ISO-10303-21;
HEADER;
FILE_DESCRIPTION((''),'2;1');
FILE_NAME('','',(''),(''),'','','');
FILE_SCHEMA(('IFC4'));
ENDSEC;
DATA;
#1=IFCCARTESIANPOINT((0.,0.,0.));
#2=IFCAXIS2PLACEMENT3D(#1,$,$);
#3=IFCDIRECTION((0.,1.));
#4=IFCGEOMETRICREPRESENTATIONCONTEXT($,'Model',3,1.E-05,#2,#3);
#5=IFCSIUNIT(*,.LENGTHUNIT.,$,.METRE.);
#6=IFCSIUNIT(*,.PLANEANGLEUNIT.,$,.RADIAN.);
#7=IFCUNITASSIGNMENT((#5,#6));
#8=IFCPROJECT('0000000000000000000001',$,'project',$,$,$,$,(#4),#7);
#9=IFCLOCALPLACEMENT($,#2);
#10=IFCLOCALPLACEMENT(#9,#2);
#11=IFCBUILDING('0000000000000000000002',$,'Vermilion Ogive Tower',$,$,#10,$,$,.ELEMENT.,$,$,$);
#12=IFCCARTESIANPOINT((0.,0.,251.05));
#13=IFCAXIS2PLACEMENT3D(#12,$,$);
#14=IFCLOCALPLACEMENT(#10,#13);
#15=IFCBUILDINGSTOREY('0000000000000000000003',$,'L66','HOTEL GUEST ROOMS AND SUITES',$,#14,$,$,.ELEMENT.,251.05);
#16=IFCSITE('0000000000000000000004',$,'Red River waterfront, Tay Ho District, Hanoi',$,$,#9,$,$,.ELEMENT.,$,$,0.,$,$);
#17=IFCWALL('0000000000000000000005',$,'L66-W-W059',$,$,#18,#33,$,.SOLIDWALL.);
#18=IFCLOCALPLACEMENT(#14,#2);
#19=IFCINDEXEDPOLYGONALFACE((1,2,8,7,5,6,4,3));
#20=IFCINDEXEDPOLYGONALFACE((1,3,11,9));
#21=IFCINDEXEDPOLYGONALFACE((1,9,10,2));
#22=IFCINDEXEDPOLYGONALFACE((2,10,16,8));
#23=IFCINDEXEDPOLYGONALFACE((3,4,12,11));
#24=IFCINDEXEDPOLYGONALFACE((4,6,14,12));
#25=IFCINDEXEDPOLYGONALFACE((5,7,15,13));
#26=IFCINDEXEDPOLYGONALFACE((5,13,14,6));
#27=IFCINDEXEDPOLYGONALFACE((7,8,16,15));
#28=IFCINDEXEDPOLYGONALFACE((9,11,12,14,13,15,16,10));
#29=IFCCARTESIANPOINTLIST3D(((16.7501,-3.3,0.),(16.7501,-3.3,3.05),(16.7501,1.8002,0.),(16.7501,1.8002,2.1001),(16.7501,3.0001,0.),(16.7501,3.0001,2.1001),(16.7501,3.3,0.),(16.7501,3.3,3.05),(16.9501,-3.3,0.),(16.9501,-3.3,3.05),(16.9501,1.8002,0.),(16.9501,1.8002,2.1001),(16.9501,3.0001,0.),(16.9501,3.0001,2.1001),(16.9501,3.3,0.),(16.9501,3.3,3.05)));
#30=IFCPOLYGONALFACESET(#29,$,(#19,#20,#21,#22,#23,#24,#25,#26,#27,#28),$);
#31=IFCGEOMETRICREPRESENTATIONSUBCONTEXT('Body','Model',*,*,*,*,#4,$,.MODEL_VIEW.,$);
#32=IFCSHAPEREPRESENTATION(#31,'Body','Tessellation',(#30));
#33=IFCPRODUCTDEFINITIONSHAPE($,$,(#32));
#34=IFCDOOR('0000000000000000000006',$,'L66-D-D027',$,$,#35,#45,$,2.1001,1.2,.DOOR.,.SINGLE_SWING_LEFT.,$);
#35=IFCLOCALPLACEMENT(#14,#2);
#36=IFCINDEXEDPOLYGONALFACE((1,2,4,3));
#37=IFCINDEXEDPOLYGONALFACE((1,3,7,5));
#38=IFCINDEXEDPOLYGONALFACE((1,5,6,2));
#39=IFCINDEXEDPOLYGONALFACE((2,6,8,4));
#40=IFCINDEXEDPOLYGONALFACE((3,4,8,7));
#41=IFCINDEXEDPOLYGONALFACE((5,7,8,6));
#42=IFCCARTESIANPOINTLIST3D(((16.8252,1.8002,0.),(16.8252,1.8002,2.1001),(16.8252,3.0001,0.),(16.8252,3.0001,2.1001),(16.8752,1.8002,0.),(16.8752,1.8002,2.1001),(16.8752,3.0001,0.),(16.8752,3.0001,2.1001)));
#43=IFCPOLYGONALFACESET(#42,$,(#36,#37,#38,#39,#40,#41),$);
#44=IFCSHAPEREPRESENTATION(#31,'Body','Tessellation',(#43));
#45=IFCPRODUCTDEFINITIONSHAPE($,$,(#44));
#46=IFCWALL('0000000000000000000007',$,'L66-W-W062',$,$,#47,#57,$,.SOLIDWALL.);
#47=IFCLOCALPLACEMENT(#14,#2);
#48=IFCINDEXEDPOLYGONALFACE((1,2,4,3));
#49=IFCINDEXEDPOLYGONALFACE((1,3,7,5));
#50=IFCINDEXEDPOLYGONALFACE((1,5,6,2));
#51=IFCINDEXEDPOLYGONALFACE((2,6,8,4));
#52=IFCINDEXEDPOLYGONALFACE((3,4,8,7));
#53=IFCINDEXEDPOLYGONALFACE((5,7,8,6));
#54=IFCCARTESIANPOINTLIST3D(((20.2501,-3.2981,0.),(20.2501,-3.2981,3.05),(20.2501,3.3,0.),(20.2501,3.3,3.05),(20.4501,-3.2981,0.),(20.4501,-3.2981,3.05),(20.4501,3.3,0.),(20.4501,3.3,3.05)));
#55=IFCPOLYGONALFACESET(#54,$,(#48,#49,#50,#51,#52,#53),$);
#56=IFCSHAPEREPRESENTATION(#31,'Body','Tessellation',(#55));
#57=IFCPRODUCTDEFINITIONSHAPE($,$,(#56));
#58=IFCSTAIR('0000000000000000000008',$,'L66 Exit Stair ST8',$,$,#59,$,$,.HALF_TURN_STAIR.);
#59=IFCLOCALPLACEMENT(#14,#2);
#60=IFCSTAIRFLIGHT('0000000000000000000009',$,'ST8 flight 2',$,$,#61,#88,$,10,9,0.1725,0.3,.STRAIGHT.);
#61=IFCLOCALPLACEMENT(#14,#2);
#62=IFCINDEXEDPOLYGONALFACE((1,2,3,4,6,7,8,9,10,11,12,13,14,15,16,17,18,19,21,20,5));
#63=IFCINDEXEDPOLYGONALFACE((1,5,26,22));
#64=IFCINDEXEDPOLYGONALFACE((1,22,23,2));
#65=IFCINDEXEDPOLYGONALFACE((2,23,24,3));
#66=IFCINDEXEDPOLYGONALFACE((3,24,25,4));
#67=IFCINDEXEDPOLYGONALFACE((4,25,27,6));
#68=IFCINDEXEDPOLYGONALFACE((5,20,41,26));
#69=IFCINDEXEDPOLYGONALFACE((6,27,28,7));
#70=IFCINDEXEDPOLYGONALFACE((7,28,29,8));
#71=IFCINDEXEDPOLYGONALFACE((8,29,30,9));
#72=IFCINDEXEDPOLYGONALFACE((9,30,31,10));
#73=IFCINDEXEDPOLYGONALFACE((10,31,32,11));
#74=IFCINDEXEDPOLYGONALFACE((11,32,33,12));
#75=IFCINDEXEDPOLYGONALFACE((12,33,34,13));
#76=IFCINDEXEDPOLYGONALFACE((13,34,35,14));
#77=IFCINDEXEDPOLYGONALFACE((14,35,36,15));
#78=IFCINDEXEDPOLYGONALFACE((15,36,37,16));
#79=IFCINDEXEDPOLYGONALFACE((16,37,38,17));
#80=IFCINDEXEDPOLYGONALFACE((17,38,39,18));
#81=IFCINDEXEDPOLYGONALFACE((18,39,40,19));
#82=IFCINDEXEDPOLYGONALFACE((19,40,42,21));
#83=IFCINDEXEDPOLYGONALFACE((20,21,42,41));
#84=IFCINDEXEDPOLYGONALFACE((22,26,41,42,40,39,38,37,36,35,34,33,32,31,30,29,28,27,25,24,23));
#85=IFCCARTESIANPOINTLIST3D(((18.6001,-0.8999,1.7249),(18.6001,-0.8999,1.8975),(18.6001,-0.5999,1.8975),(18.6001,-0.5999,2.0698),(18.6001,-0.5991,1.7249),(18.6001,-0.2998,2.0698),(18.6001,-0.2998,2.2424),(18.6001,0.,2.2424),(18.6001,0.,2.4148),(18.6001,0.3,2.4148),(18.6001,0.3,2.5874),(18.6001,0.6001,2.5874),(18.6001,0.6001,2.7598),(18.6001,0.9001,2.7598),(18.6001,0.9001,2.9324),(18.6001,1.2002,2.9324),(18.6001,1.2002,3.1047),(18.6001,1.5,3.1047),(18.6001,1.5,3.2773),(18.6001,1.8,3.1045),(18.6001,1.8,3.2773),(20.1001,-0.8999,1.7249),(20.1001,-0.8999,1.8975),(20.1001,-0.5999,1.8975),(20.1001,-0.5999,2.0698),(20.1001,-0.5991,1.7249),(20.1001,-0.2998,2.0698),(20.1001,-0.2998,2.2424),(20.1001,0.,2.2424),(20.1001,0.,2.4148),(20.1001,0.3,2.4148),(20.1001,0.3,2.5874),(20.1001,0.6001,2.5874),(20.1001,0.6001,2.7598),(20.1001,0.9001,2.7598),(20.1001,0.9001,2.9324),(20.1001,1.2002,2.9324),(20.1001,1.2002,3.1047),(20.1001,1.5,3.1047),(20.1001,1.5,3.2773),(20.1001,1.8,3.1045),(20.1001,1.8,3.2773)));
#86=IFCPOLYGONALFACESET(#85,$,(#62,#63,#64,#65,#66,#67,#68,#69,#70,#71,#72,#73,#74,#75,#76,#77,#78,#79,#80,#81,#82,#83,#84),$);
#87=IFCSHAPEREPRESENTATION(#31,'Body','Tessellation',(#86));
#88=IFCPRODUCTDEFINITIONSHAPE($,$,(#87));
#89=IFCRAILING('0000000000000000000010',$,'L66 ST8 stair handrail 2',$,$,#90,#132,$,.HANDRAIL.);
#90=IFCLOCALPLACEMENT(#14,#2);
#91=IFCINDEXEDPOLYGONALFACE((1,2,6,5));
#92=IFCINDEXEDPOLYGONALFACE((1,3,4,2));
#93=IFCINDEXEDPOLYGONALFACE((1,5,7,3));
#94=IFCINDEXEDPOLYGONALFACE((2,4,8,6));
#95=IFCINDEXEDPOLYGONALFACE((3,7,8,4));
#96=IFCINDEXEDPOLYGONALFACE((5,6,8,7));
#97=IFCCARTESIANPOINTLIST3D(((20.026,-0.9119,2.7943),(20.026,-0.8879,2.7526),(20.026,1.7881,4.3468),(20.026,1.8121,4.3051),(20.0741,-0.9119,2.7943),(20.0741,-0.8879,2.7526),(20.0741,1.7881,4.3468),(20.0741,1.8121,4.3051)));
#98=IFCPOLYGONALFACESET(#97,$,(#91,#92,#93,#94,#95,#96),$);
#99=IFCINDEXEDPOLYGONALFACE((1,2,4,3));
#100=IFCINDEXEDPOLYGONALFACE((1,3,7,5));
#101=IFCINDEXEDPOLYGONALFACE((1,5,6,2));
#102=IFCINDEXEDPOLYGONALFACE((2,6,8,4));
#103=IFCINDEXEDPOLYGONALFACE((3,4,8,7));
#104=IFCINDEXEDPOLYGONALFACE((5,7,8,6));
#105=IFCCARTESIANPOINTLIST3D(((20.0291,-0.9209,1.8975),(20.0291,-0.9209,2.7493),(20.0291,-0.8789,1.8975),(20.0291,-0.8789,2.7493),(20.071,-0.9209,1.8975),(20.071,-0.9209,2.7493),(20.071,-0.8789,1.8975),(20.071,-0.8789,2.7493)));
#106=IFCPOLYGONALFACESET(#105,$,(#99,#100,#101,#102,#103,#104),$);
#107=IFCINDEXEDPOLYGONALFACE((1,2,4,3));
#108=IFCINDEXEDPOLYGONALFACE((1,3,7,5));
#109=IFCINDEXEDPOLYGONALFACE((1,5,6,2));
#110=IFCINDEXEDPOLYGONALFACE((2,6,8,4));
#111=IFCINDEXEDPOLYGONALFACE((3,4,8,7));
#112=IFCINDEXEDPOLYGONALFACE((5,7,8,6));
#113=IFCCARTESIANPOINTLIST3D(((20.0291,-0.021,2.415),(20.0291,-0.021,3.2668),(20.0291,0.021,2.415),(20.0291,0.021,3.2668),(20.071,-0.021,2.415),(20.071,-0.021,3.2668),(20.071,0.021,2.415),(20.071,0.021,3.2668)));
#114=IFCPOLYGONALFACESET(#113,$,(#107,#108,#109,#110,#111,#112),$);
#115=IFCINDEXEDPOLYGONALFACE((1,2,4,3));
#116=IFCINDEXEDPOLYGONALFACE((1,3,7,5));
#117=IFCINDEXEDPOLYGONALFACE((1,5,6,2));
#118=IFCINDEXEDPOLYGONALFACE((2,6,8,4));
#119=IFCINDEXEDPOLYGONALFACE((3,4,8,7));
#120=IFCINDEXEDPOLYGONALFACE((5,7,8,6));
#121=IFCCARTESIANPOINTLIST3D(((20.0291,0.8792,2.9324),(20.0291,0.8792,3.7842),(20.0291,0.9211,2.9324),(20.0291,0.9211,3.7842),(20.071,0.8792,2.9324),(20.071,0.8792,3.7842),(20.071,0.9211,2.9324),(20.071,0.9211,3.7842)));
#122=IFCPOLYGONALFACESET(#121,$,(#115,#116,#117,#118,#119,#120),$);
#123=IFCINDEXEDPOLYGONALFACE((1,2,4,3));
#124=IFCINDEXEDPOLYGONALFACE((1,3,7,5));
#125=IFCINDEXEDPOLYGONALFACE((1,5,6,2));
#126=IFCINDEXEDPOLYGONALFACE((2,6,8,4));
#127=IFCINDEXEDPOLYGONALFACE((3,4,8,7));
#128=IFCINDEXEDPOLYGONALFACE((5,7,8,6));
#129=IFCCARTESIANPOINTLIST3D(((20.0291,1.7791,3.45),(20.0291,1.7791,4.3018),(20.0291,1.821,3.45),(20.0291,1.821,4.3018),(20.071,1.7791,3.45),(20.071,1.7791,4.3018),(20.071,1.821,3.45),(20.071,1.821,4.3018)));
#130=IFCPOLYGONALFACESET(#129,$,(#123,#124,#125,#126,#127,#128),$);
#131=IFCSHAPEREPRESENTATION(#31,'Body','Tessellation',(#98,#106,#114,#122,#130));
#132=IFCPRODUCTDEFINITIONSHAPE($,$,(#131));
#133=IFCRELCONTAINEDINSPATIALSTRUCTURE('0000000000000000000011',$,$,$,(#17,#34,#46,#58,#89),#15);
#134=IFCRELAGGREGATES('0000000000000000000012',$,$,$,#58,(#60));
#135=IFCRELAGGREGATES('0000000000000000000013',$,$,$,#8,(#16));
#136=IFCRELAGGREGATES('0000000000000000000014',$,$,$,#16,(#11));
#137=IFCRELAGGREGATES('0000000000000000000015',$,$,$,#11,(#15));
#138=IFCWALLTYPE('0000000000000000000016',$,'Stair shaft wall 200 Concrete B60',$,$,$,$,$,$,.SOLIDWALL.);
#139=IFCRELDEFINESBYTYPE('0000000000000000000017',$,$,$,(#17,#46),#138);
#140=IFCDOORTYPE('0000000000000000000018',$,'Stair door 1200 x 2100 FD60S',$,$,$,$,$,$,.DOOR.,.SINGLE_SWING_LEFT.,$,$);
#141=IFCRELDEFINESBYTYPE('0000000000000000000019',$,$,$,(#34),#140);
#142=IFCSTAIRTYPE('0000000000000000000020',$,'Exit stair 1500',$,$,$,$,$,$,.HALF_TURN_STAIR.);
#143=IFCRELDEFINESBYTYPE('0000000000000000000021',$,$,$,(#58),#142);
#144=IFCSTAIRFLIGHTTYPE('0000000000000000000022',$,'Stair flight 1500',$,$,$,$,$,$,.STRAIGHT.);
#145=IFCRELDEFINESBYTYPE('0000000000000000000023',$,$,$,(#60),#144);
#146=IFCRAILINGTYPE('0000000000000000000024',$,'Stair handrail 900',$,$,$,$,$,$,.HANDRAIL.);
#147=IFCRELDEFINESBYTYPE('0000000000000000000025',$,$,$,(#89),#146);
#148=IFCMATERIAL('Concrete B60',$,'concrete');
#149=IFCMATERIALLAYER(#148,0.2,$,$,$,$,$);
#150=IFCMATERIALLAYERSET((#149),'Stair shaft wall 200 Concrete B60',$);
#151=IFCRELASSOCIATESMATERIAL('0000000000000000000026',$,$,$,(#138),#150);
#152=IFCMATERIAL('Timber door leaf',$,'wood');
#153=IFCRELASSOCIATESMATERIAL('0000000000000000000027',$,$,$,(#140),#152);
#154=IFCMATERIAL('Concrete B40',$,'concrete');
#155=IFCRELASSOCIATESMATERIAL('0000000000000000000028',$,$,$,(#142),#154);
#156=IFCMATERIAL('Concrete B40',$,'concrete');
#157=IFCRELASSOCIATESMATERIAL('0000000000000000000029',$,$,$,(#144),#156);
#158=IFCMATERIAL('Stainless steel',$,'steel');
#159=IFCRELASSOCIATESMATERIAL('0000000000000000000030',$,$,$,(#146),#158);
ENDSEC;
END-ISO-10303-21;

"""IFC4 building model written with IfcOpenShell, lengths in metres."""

from ifc_helpers import new_model, si_unit, direction, frame, frame_2d, origin, origin_2d, place, context, subcontext, project, spatial, polyline, rectangle, outline, extrude, material, layer, layer_set, type_object, element, fill, aggregate, save


model = new_model("IFC4")

# Units and contexts
model_context = context("Model", 3, precision=1e-05, world=origin(), true_north=direction((0.0, 1.0)))
body_context = subcontext(model_context, "Body", "Model", "MODEL_VIEW")
ifc_project = project(units=[si_unit("LENGTHUNIT", "METRE"), si_unit("PLANEANGLEUNIT", "RADIAN")], contexts=[model_context])

# Site, building, storey
site_placement = place(None, origin())
site = spatial("IfcSite", under=ifc_project, at=site_placement, Name="Red River waterfront, Tay Ho District, Hanoi", CompositionType="ELEMENT", RefElevation=0.0)
building_placement = place(site_placement, origin())
building = spatial("IfcBuilding", under=site, at=building_placement, Name="Vermilion Ogive Tower", CompositionType="ELEMENT")
storey_placement = place(building_placement, frame((0.0, 0.0, 251.05)))
storey = spatial("IfcBuildingStorey", under=building, at=storey_placement, Name="L66", Description="HOTEL GUEST ROOMS AND SUITES", CompositionType="ELEMENT", Elevation=251.05)

# Shared definitions
ifc_material_1 = material(Name="Concrete B60", Category="concrete")
ifc_layer_1 = layer(ifc_material_1, 0.2)
ifc_layer_set_1 = layer_set([ifc_layer_1], Name="Stair shaft wall 200 Concrete B60")
wall_type_1 = type_object("IfcWallType", Name="Stair shaft wall 200 Concrete B60", PredefinedType="SOLIDWALL", material=ifc_layer_set_1)

# Wall, opening, door
wall_1_placement = place(storey_placement, frame((16.8501, -3.3, 0.0), z_axis=(0.0, 0.0, 1.0), x_axis=(0.0, 1.0, 0.0)))
wall_1 = element("IfcWall", 1, at=wall_1_placement, inside=storey, type_object=wall_type_1, Name="L66-W-W059", PredefinedType="SOLIDWALL", context=body_context, shape_type="SweptSolid", body=[
    extrude(rectangle(XDim=6.6001, YDim=0.2, at=frame_2d((3.3, 0.0))), origin(), (0.0, 0.0, 1.0), 3.05),
])
opening_1_placement = place(wall_1_placement, frame((5.1001, 0.0, 0.0)))
opening_1 = element("IfcOpeningElement", 2, at=opening_1_placement, cuts=wall_1, PredefinedType="OPENING", context=body_context, shape_type="SweptSolid", body=[
    extrude(rectangle(XDim=1.2, YDim=2.1001, at=frame_2d((0.6001, 1.05))), frame((0.0, 0.1099, 0.0), z_axis=(0.0, -1.0, 0.0), x_axis=(1.0, 0.0, 0.0)), (0.0, 0.0, 1.0), 0.22),
])
ifc_material_2 = material(Name="Timber door leaf", Category="wood")
door_type_1 = type_object("IfcDoorType", Name="Stair door 1200 x 2100 FD60S", OperationType="SINGLE_SWING_LEFT", PredefinedType="DOOR", material=ifc_material_2)
door_1_placement = place(opening_1_placement, origin())
door_1 = element("IfcDoor", 3, at=door_1_placement, inside=storey, type_object=door_type_1, Name="L66-D-D027", OperationType="SINGLE_SWING_LEFT", OverallHeight=2.1001, OverallWidth=1.2, PredefinedType="DOOR", context=body_context, shape_type="SweptSolid", body=[
    extrude(rectangle(XDim=1.2, YDim=2.1001, at=frame_2d((0.6001, 1.05))), frame((0.0, 0.0249, 0.0), z_axis=(0.0, -1.0, 0.0), x_axis=(1.0, 0.0, 0.0)), (0.0, 0.0, 1.0), 0.05),
])
fill(opening_1, door_1)

# Wall
wall_2_placement = place(storey_placement, frame((20.3501, -3.2981, 0.0), z_axis=(0.0, 0.0, 1.0), x_axis=(0.0, 1.0, 0.0)))
element("IfcWall", 4, at=wall_2_placement, inside=storey, type_object=wall_type_1, Name="L66-W-W062", PredefinedType="SOLIDWALL", context=body_context, shape_type="SweptSolid", body=[
    extrude(rectangle(XDim=6.5981, YDim=0.2, at=frame_2d((3.2991, 0.0))), origin(), (0.0, 0.0, 1.0), 3.05),
])

# Stair, stair flight
ifc_material_3 = material(Name="Concrete B40", Category="concrete")
stair_type = type_object("IfcStairType", Name="Exit stair 1500", PredefinedType="HALF_TURN_STAIR", material=ifc_material_3)
stair_placement = place(storey_placement, origin())
stair = element("IfcStair", 5, at=stair_placement, inside=storey, type_object=stair_type, Name="L66 Exit Stair ST8", PredefinedType="HALF_TURN_STAIR")
ifc_material_4 = material(Name="Concrete B40", Category="concrete")
stair_flight_type = type_object("IfcStairFlightType", Name="Stair flight 1500", PredefinedType="STRAIGHT", material=ifc_material_4)
stair_flight_placement = place(storey_placement, frame((19.3501, -0.8999, 1.7249), z_axis=(0.0, 0.0, 1.0), x_axis=(0.0, 1.0, 0.0)))
stair_flight = element("IfcStairFlight", 6, at=stair_flight_placement, type_object=stair_flight_type, Name="ST8 flight 2", NumberOfRisers=10, NumberOfTreads=9, PredefinedType="STRAIGHT", RiserHeight=0.1725, TreadLength=0.3, context=body_context, shape_type="SweptSolid", body=[
    extrude(outline(polyline([(0.0, 0.0), (0.0, 0.1726), (0.3, 0.1726), (0.3, 0.345), (0.6001, 0.345), (0.6001, 0.5176), (0.8999, 0.5176), (0.8999, 0.6899), (1.2, 0.6899), (1.2, 0.8625), (1.5, 0.8625), (1.5, 1.0349), (1.8, 1.0349), (1.8, 1.2075), (2.1001, 1.2075), (2.1001, 1.3799), (2.3999, 1.3799), (2.3999, 1.5525), (2.7, 1.5525), (2.7, 1.7251), (2.7, 1.3796), (0.3008, 0.0), (0.0, 0.0)])), frame((0.0, 0.75, 0.0), z_axis=(0.0, -1.0, 0.0), x_axis=(1.0, 0.0, 0.0)), (0.0, 0.0, 1.0), 1.5),
])
aggregate(stair, [stair_flight])

# Railing
ifc_material_5 = material(Name="Stainless steel", Category="steel")
railing_type = type_object("IfcRailingType", Name="Stair handrail 900", PredefinedType="HANDRAIL", material=ifc_material_5)
railing_placement = place(storey_placement, frame((20.05, -0.8999, 1.8975)))
element("IfcRailing", 7, at=railing_placement, inside=storey, type_object=railing_type, Name="L66 ST8 stair handrail 2", PredefinedType="HANDRAIL", context=body_context, shape_type="SweptSolid", body=[
    extrude(rectangle(XDim=0.0481, YDim=0.0481, at=origin_2d()), frame((0.0, 0.0, 0.876), z_axis=(0.0, 0.866904, 0.498476), x_axis=(-1.0, 0.0, 0.0)), (0.0, 0.0, 1.0), 3.1145),
    extrude(rectangle(XDim=0.042, YDim=0.042, at=origin_2d()), origin(), (0.0, 0.0, 1.0), 0.8518),
    extrude(rectangle(XDim=0.042, YDim=0.042, at=origin_2d()), frame((0.0, 0.8999, 0.5176)), (0.0, 0.0, 1.0), 0.8518),
    extrude(rectangle(XDim=0.042, YDim=0.042, at=origin_2d()), frame((0.0, 1.8, 1.0349)), (0.0, 0.0, 1.0), 0.8518),
    extrude(rectangle(XDim=0.042, YDim=0.042, at=origin_2d()), frame((0.0, 2.7, 1.5525)), (0.0, 0.0, 1.0), 0.8518),
])

save(model, "model.ifc")
